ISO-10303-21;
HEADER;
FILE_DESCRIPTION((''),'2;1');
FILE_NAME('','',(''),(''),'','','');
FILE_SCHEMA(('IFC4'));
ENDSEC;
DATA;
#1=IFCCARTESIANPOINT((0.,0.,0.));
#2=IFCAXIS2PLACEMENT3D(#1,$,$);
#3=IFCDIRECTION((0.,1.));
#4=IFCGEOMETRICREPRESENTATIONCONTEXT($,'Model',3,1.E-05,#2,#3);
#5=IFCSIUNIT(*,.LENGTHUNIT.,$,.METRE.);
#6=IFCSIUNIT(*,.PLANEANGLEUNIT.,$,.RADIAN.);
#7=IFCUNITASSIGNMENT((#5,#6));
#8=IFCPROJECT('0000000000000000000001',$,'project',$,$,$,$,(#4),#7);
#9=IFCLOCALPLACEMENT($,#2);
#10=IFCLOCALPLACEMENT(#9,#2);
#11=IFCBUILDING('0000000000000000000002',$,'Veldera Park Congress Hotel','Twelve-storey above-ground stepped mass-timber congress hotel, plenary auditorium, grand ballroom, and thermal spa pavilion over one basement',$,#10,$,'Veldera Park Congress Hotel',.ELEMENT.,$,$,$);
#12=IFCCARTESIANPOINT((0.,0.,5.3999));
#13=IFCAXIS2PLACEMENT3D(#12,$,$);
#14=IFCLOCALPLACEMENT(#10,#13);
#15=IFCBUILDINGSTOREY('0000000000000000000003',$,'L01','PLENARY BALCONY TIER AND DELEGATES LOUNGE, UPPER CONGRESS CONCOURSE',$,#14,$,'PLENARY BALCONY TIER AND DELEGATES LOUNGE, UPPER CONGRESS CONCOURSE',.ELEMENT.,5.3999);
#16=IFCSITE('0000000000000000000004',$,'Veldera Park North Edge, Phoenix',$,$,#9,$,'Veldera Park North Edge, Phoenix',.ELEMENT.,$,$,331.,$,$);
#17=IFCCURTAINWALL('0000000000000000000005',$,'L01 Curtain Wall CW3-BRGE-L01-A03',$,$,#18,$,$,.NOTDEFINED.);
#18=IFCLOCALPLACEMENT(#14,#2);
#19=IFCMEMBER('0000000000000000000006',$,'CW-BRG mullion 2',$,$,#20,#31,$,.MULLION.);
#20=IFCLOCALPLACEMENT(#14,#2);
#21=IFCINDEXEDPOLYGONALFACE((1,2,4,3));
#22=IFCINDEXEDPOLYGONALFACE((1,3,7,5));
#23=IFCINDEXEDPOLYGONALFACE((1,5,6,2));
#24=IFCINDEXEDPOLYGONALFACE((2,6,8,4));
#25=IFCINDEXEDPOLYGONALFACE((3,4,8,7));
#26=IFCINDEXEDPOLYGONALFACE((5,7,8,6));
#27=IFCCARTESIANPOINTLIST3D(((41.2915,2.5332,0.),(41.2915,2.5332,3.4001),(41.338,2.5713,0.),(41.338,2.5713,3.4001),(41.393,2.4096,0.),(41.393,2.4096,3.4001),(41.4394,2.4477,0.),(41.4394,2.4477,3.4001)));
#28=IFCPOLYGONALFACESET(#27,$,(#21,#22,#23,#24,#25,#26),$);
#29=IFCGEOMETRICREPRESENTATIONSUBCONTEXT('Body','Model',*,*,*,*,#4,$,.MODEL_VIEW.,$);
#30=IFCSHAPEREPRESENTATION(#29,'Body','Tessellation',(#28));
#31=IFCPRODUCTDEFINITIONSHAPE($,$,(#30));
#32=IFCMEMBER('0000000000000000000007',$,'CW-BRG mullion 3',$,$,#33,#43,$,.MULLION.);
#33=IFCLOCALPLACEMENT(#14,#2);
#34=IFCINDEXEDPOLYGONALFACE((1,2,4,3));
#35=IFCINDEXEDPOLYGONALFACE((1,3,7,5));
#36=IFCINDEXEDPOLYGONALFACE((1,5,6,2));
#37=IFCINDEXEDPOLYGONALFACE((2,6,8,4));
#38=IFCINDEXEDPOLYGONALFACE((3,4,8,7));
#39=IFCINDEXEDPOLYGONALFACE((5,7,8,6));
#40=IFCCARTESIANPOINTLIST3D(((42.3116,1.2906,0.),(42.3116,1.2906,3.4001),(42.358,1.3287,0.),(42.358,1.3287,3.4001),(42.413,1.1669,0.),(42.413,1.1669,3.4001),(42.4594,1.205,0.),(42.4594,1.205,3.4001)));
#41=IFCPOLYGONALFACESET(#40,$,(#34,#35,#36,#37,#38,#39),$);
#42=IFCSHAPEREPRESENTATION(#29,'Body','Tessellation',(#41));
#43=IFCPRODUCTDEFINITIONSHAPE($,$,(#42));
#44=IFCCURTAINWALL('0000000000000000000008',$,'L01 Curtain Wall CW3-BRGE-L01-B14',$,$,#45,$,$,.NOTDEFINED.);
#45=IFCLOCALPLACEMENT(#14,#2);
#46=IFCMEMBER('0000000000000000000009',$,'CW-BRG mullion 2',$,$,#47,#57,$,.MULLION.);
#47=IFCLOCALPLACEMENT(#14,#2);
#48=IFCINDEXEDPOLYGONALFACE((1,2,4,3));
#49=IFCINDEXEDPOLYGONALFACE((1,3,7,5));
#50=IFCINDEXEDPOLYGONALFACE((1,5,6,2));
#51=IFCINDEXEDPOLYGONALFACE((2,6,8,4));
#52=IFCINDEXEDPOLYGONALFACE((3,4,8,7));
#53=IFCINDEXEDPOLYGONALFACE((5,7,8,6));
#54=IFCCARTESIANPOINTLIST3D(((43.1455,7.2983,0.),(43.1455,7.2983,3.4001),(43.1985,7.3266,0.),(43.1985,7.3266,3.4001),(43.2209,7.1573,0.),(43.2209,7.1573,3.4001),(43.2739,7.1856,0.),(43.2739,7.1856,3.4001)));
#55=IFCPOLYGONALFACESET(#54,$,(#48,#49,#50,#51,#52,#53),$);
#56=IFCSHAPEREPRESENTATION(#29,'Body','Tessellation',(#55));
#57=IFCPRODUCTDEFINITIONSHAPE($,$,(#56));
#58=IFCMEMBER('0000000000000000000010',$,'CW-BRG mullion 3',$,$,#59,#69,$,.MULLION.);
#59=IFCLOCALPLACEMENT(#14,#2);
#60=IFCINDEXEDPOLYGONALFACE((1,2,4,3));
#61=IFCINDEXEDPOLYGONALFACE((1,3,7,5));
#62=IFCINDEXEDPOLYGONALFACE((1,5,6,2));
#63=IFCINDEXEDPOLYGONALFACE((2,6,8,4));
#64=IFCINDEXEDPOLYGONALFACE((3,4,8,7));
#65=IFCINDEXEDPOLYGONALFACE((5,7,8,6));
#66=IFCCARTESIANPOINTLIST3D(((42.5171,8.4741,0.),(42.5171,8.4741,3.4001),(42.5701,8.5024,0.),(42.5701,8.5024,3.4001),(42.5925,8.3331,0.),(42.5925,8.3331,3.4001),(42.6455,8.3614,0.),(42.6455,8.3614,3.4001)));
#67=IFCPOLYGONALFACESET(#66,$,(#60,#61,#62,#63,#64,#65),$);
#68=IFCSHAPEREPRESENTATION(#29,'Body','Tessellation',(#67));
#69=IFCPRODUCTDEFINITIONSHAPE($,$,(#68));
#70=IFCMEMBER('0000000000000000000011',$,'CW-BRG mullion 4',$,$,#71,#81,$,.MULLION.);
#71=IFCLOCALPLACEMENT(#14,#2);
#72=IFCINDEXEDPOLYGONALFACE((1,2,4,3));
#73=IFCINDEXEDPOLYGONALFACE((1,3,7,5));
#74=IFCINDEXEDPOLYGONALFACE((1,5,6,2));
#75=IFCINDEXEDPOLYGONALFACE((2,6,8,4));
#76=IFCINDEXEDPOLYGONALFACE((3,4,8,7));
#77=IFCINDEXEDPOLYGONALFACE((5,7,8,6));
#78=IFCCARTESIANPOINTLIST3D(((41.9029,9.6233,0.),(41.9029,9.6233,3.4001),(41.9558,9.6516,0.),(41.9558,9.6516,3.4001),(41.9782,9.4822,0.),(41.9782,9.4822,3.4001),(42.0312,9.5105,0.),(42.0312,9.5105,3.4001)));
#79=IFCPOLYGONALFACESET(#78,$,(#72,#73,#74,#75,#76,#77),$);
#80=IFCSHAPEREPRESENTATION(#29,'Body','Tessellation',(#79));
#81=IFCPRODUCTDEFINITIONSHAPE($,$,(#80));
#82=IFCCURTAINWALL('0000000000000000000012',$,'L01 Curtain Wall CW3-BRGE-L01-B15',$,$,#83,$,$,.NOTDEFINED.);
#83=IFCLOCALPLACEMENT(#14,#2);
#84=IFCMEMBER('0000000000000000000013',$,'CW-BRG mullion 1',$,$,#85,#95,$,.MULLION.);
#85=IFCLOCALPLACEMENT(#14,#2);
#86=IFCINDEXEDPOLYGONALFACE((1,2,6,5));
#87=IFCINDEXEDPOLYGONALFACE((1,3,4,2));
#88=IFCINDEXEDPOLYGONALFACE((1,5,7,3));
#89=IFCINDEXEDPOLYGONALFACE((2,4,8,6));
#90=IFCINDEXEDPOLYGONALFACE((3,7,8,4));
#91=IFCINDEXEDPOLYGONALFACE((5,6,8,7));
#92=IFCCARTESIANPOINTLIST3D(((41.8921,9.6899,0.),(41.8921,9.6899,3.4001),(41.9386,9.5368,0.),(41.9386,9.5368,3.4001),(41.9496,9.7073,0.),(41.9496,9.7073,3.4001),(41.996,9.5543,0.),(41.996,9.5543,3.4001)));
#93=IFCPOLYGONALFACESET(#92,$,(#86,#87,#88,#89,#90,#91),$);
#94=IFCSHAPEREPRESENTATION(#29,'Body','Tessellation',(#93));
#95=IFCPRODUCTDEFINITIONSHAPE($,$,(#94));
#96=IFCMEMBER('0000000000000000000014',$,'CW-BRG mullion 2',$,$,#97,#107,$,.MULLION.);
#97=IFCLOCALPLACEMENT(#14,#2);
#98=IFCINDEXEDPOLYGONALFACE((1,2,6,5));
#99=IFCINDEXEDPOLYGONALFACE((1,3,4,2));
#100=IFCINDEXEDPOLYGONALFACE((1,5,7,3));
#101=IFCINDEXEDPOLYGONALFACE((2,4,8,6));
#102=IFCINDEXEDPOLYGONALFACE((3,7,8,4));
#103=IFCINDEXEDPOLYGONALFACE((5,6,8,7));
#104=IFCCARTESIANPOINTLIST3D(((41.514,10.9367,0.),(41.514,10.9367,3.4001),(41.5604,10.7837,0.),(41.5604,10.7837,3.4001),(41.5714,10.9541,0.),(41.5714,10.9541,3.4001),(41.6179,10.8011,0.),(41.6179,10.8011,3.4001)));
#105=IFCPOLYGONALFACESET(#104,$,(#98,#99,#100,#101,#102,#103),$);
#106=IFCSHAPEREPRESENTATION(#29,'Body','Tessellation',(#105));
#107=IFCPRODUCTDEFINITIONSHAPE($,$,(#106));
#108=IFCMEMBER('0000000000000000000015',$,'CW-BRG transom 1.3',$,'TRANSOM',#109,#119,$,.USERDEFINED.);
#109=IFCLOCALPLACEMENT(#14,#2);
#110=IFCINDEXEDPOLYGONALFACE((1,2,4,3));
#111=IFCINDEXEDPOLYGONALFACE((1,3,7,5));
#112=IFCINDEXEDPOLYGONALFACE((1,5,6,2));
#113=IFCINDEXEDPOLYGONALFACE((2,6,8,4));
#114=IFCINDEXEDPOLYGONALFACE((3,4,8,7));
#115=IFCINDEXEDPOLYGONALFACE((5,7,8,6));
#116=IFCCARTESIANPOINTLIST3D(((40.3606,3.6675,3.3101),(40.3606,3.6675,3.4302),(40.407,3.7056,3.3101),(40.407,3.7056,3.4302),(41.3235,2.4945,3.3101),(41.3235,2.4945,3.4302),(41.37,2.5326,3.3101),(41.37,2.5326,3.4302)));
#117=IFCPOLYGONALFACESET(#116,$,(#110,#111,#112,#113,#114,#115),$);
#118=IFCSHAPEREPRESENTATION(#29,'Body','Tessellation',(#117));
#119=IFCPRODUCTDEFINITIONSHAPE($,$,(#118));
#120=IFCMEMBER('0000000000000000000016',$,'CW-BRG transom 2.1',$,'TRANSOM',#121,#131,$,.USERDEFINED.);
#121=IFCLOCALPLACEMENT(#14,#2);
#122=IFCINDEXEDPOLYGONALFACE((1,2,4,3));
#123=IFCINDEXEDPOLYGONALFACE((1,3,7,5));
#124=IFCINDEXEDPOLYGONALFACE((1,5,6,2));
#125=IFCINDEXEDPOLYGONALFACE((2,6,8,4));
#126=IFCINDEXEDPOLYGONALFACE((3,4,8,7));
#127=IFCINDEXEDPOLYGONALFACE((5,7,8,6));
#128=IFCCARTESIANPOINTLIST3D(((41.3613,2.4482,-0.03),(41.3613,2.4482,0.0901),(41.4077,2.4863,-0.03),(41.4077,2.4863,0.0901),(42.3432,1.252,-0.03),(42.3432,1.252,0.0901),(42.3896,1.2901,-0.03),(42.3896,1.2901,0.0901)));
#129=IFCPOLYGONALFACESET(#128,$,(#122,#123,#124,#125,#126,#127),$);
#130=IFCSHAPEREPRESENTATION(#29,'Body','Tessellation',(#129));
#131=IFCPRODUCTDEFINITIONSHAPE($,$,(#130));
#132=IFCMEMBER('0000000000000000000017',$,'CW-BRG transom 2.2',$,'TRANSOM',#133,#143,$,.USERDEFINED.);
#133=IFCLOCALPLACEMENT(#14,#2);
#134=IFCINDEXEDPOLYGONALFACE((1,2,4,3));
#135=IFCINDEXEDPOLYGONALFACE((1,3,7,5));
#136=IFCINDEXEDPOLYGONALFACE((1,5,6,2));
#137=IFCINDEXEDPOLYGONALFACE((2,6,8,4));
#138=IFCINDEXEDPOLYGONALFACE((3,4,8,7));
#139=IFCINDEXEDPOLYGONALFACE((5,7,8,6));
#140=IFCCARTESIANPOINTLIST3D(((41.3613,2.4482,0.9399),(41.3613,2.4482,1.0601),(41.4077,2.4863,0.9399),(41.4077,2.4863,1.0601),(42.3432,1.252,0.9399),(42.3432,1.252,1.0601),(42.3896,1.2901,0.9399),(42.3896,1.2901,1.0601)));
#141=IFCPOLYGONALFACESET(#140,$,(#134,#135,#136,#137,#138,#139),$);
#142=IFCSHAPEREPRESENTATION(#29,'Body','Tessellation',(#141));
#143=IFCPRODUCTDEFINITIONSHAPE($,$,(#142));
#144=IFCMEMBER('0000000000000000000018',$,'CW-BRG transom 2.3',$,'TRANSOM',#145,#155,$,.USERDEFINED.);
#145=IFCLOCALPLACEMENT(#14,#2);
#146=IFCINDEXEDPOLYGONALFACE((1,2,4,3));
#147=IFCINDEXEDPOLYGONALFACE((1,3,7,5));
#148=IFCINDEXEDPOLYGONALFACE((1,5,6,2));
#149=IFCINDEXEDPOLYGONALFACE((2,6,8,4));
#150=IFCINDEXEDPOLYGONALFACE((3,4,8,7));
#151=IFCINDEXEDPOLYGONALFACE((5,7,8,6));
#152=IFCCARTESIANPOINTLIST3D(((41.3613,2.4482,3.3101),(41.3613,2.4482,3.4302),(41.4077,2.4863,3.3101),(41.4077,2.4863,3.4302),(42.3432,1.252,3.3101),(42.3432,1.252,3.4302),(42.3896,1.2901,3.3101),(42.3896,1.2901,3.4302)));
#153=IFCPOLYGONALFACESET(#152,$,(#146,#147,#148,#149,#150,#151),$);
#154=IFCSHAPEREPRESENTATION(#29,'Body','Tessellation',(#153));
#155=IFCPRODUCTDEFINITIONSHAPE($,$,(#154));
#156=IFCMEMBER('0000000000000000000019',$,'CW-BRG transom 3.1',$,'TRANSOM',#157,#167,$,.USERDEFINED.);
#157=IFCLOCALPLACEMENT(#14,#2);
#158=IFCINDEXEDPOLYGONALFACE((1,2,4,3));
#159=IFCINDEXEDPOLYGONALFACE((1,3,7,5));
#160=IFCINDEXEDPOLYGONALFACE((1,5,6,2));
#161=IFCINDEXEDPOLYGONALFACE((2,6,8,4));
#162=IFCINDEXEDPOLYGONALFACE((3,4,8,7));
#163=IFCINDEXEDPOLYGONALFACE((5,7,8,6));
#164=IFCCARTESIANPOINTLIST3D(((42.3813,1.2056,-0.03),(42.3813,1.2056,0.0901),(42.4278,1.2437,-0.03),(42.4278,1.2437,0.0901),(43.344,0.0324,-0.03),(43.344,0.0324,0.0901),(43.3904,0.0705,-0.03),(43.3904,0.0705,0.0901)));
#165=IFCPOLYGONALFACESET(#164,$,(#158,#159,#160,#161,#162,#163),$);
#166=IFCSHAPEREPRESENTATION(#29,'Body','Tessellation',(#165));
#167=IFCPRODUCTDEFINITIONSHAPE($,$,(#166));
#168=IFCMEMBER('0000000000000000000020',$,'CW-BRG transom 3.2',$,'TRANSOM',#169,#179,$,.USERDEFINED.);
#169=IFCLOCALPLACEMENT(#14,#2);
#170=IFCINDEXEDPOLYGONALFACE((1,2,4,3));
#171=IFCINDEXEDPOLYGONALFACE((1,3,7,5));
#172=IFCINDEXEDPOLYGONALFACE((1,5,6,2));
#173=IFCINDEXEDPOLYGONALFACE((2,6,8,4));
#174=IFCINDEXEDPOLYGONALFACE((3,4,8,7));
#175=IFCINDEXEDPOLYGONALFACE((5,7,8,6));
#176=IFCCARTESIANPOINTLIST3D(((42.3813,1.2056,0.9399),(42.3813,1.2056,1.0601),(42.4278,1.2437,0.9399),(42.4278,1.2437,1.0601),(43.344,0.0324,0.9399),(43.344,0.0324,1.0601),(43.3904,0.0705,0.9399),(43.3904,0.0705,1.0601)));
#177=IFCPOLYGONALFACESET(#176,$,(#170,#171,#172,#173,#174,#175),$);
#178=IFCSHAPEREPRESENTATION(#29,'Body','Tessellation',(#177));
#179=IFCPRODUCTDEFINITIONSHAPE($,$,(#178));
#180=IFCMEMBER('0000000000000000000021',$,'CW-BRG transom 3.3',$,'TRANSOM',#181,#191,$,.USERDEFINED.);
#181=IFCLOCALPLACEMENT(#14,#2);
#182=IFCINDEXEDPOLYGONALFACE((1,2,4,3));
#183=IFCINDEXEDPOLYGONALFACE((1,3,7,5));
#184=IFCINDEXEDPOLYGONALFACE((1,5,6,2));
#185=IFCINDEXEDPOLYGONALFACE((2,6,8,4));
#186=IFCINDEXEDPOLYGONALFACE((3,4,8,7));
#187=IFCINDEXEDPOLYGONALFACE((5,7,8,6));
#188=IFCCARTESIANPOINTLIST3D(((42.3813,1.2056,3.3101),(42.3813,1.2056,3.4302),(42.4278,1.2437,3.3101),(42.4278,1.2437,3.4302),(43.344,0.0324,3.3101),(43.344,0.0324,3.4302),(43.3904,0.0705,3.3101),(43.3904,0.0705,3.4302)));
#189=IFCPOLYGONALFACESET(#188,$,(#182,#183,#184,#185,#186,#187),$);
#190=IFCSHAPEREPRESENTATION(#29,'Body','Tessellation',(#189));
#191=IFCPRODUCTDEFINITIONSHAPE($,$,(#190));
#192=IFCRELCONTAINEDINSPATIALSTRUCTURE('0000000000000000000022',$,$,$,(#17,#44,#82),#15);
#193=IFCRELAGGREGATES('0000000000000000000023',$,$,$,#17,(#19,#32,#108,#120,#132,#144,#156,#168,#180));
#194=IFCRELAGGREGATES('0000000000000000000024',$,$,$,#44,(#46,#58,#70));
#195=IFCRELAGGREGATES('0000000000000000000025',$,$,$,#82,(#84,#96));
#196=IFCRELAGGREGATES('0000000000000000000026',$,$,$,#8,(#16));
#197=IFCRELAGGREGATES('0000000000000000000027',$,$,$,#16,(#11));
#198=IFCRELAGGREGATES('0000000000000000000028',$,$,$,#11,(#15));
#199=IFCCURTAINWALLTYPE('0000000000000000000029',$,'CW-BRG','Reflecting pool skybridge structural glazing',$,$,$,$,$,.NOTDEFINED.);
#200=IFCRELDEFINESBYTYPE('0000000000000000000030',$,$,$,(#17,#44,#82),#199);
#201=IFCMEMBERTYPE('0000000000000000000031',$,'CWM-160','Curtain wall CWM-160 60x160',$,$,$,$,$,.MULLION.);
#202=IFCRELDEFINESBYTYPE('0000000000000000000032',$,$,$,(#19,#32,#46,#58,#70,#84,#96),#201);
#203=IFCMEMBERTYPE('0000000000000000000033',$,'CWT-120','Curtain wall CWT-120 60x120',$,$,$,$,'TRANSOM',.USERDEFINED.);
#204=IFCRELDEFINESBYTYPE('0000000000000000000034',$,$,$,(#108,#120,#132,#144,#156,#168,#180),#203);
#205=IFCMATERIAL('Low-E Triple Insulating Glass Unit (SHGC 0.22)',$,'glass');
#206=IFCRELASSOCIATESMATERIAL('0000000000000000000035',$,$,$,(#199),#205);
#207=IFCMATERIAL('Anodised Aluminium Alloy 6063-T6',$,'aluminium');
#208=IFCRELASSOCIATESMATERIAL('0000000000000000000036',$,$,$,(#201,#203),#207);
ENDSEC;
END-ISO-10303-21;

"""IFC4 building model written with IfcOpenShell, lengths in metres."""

from ifc_helpers import new_model, si_unit, direction, frame, origin, origin_2d, place, context, subcontext, project, spatial, rectangle, extrude, material, material_profile, profile_set, type_object, element, aggregate, save


model = new_model("IFC4")

# Units and contexts
model_context = context("Model", 3, precision=1e-05, world=origin(), true_north=direction((0.0, 1.0)))
body_context = subcontext(model_context, "Body", "Model", "MODEL_VIEW")
ifc_project = project(units=[si_unit("LENGTHUNIT", "METRE"), si_unit("PLANEANGLEUNIT", "RADIAN")], contexts=[model_context])

# Site, building, storey
site_placement = place(None, origin())
site = spatial("IfcSite", under=ifc_project, at=site_placement, Name="Veldera Park North Edge, Phoenix", LongName="Veldera Park North Edge, Phoenix", CompositionType="ELEMENT", RefElevation=331.0)
building_placement = place(site_placement, origin())
building = spatial("IfcBuilding", under=site, at=building_placement, Name="Veldera Park Congress Hotel", Description="Twelve-storey above-ground stepped mass-timber congress hotel, plenary auditorium, grand ballroom, and thermal spa pavilion over one basement", LongName="Veldera Park Congress Hotel", CompositionType="ELEMENT")
storey_placement = place(building_placement, frame((0.0, 0.0, 5.3999)))
storey = spatial("IfcBuildingStorey", under=building, at=storey_placement, Name="L01", Description="PLENARY BALCONY TIER AND DELEGATES LOUNGE, UPPER CONGRESS CONCOURSE", LongName="PLENARY BALCONY TIER AND DELEGATES LOUNGE, UPPER CONGRESS CONCOURSE", CompositionType="ELEMENT", Elevation=5.3999)

# Curtain walls, members
ifc_material_1 = material(Name="Low-E Triple Insulating Glass Unit (SHGC 0.22)", Category="glass")
curtain_wall_type = type_object("IfcCurtainWallType", Name="CW-BRG", Description="Reflecting pool skybridge structural glazing", PredefinedType="NOTDEFINED", material=ifc_material_1)
curtain_wall_1_placement = place(storey_placement, origin())
curtain_wall_1 = element("IfcCurtainWall", 1, at=curtain_wall_1_placement, inside=storey, type_object=curtain_wall_type, Name="L01 Curtain Wall CW3-BRGE-L01-A03", PredefinedType="NOTDEFINED")
ifc_material_2 = material(Name="Anodised Aluminium Alloy 6063-T6", Category="aluminium")
ifc_material_profile_1 = material_profile(ifc_material_2, rectangle(XDim=0.0601, YDim=0.1599, at=origin_2d()), Name="ALU 60x160")
ifc_profile_set_1 = profile_set([ifc_material_profile_1], Name="Anodised Aluminium Alloy 6063-T6")
member_type_1 = type_object("IfcMemberType", Name="CWM-160", Description="Curtain wall CWM-160 60x160", PredefinedType="MULLION", material=ifc_profile_set_1)
member_1_placement = place(storey_placement, frame((41.3655, 2.4905, 0.0), z_axis=(0.0, 0.0, 1.0), x_axis=(0.773003, 0.634402, 0.0)))
member_1 = element("IfcMember", 2, at=member_1_placement, type_object=member_type_1, Name="CW-BRG mullion 2", PredefinedType="MULLION", context=body_context, shape_type="SweptSolid", body=[
    extrude(rectangle(XDim=0.0601, YDim=0.1599, at=origin_2d()), origin(), (0.0, 0.0, 1.0), 3.4001),
])
member_2_placement = place(storey_placement, frame((42.3855, 1.2478, 0.0), z_axis=(0.0, 0.0, 1.0), x_axis=(0.773003, 0.634402, 0.0)))
member_2 = element("IfcMember", 3, at=member_2_placement, type_object=member_type_1, Name="CW-BRG mullion 3", PredefinedType="MULLION", context=body_context, shape_type="SweptSolid", body=[
    extrude(rectangle(XDim=0.0601, YDim=0.1599, at=origin_2d()), origin(), (0.0, 0.0, 1.0), 3.4001),
])
curtain_wall_2_placement = place(storey_placement, origin())
curtain_wall_2 = element("IfcCurtainWall", 4, at=curtain_wall_2_placement, inside=storey, type_object=curtain_wall_type, Name="L01 Curtain Wall CW3-BRGE-L01-B14", PredefinedType="NOTDEFINED")
member_3_placement = place(storey_placement, frame((43.2097, 7.2419, 0.0), z_axis=(0.0, 0.0, 1.0), x_axis=(-0.881928, -0.471384, 0.0)))
member_3 = element("IfcMember", 5, at=member_3_placement, type_object=member_type_1, Name="CW-BRG mullion 2", PredefinedType="MULLION", context=body_context, shape_type="SweptSolid", body=[
    extrude(rectangle(XDim=0.0601, YDim=0.1599, at=origin_2d()), origin(), (0.0, 0.0, 1.0), 3.4001),
])
member_4_placement = place(storey_placement, frame((42.5813, 8.4177, 0.0), z_axis=(0.0, 0.0, 1.0), x_axis=(-0.881928, -0.471384, 0.0)))
member_4 = element("IfcMember", 6, at=member_4_placement, type_object=member_type_1, Name="CW-BRG mullion 3", PredefinedType="MULLION", context=body_context, shape_type="SweptSolid", body=[
    extrude(rectangle(XDim=0.0601, YDim=0.1599, at=origin_2d()), origin(), (0.0, 0.0, 1.0), 3.4001),
])
member_5_placement = place(storey_placement, frame((41.967, 9.5669, 0.0), z_axis=(0.0, 0.0, 1.0), x_axis=(-0.881928, -0.471384, 0.0)))
member_5 = element("IfcMember", 7, at=member_5_placement, type_object=member_type_1, Name="CW-BRG mullion 4", PredefinedType="MULLION", context=body_context, shape_type="SweptSolid", body=[
    extrude(rectangle(XDim=0.0601, YDim=0.1599, at=origin_2d()), origin(), (0.0, 0.0, 1.0), 3.4001),
])
curtain_wall_3_placement = place(storey_placement, origin())
curtain_wall_3 = element("IfcCurtainWall", 8, at=curtain_wall_3_placement, inside=storey, type_object=curtain_wall_type, Name="L01 Curtain Wall CW3-BRGE-L01-B15", PredefinedType="NOTDEFINED")
member_6_placement = place(storey_placement, frame((41.9441, 9.6221, 0.0), z_axis=(0.0, 0.0, 1.0), x_axis=(-0.956939, -0.29029, 0.0)))
member_6 = element("IfcMember", 9, at=member_6_placement, type_object=member_type_1, Name="CW-BRG mullion 1", PredefinedType="MULLION", context=body_context, shape_type="SweptSolid", body=[
    extrude(rectangle(XDim=0.0601, YDim=0.1599, at=origin_2d()), origin(), (0.0, 0.0, 1.0), 3.4001),
])
member_7_placement = place(storey_placement, frame((41.5659, 10.8689, 0.0), z_axis=(0.0, 0.0, 1.0), x_axis=(-0.956939, -0.29029, 0.0)))
member_7 = element("IfcMember", 10, at=member_7_placement, type_object=member_type_1, Name="CW-BRG mullion 2", PredefinedType="MULLION", context=body_context, shape_type="SweptSolid", body=[
    extrude(rectangle(XDim=0.0601, YDim=0.1599, at=origin_2d()), origin(), (0.0, 0.0, 1.0), 3.4001),
])

# Members
ifc_material_profile_2 = material_profile(ifc_material_2, rectangle(XDim=0.0601, YDim=0.1201, at=origin_2d()), Name="ALU 60x120")
ifc_profile_set_2 = profile_set([ifc_material_profile_2], Name="Anodised Aluminium Alloy 6063-T6")
member_type_2 = type_object("IfcMemberType", Name="CWT-120", Description="Curtain wall CWT-120 60x120", ElementType="TRANSOM", PredefinedType="USERDEFINED", material=ifc_profile_set_2)
member_8_placement = place(storey_placement, frame((40.3838, 3.6865, 3.3701), z_axis=(0.634534, -0.772895, 0.0), x_axis=(0.772895, 0.634534, 0.0)))
member_8 = element("IfcMember", 11, at=member_8_placement, type_object=member_type_2, Name="CW-BRG transom 1.3", ObjectType="TRANSOM", PredefinedType="USERDEFINED", context=body_context, shape_type="SweptSolid", body=[
    extrude(rectangle(XDim=0.0601, YDim=0.1201, at=origin_2d()), origin(), (0.0, 0.0, 1.0), 1.5176),
])
member_9_placement = place(storey_placement, frame((41.3845, 2.4673, 0.03), z_axis=(0.634457, -0.772958, 0.0), x_axis=(0.772958, 0.634457, 0.0)))
member_9 = element("IfcMember", 12, at=member_9_placement, type_object=member_type_2, Name="CW-BRG transom 2.1", ObjectType="TRANSOM", PredefinedType="USERDEFINED", context=body_context, shape_type="SweptSolid", body=[
    extrude(rectangle(XDim=0.0601, YDim=0.1201, at=origin_2d()), origin(), (0.0, 0.0, 1.0), 1.5476),
])
member_10_placement = place(storey_placement, frame((41.3845, 2.4673, 1.0), z_axis=(0.634457, -0.772958, 0.0), x_axis=(0.772958, 0.634457, 0.0)))
member_10 = element("IfcMember", 13, at=member_10_placement, type_object=member_type_2, Name="CW-BRG transom 2.2", ObjectType="TRANSOM", PredefinedType="USERDEFINED", context=body_context, shape_type="SweptSolid", body=[
    extrude(rectangle(XDim=0.0601, YDim=0.1201, at=origin_2d()), origin(), (0.0, 0.0, 1.0), 1.5476),
])
member_11_placement = place(storey_placement, frame((41.3845, 2.4673, 3.3701), z_axis=(0.634457, -0.772958, 0.0), x_axis=(0.772958, 0.634457, 0.0)))
member_11 = element("IfcMember", 14, at=member_11_placement, type_object=member_type_2, Name="CW-BRG transom 2.3", ObjectType="TRANSOM", PredefinedType="USERDEFINED", context=body_context, shape_type="SweptSolid", body=[
    extrude(rectangle(XDim=0.0601, YDim=0.1201, at=origin_2d()), origin(), (0.0, 0.0, 1.0), 1.5476),
])
member_12_placement = place(storey_placement, frame((42.4045, 1.2246, 0.03), z_axis=(0.634359, -0.773039, 0.0), x_axis=(0.773039, 0.634359, 0.0)))
member_12 = element("IfcMember", 15, at=member_12_placement, type_object=member_type_2, Name="CW-BRG transom 3.1", ObjectType="TRANSOM", PredefinedType="USERDEFINED", context=body_context, shape_type="SweptSolid", body=[
    extrude(rectangle(XDim=0.0601, YDim=0.1201, at=origin_2d()), origin(), (0.0, 0.0, 1.0), 1.5176),
])
member_13_placement = place(storey_placement, frame((42.4045, 1.2246, 1.0), z_axis=(0.634359, -0.773039, 0.0), x_axis=(0.773039, 0.634359, 0.0)))
member_13 = element("IfcMember", 16, at=member_13_placement, type_object=member_type_2, Name="CW-BRG transom 3.2", ObjectType="TRANSOM", PredefinedType="USERDEFINED", context=body_context, shape_type="SweptSolid", body=[
    extrude(rectangle(XDim=0.0601, YDim=0.1201, at=origin_2d()), origin(), (0.0, 0.0, 1.0), 1.5176),
])
member_14_placement = place(storey_placement, frame((42.4045, 1.2246, 3.3701), z_axis=(0.634359, -0.773039, 0.0), x_axis=(0.773039, 0.634359, 0.0)))
member_14 = element("IfcMember", 17, at=member_14_placement, type_object=member_type_2, Name="CW-BRG transom 3.3", ObjectType="TRANSOM", PredefinedType="USERDEFINED", context=body_context, shape_type="SweptSolid", body=[
    extrude(rectangle(XDim=0.0601, YDim=0.1201, at=origin_2d()), origin(), (0.0, 0.0, 1.0), 1.5176),
])

aggregate(curtain_wall_1, [member_1, member_2, member_8, member_9, member_10, member_11, member_12, member_13, member_14])
aggregate(curtain_wall_2, [member_3, member_4, member_5])
aggregate(curtain_wall_3, [member_6, member_7])

save(model, "model.ifc")
